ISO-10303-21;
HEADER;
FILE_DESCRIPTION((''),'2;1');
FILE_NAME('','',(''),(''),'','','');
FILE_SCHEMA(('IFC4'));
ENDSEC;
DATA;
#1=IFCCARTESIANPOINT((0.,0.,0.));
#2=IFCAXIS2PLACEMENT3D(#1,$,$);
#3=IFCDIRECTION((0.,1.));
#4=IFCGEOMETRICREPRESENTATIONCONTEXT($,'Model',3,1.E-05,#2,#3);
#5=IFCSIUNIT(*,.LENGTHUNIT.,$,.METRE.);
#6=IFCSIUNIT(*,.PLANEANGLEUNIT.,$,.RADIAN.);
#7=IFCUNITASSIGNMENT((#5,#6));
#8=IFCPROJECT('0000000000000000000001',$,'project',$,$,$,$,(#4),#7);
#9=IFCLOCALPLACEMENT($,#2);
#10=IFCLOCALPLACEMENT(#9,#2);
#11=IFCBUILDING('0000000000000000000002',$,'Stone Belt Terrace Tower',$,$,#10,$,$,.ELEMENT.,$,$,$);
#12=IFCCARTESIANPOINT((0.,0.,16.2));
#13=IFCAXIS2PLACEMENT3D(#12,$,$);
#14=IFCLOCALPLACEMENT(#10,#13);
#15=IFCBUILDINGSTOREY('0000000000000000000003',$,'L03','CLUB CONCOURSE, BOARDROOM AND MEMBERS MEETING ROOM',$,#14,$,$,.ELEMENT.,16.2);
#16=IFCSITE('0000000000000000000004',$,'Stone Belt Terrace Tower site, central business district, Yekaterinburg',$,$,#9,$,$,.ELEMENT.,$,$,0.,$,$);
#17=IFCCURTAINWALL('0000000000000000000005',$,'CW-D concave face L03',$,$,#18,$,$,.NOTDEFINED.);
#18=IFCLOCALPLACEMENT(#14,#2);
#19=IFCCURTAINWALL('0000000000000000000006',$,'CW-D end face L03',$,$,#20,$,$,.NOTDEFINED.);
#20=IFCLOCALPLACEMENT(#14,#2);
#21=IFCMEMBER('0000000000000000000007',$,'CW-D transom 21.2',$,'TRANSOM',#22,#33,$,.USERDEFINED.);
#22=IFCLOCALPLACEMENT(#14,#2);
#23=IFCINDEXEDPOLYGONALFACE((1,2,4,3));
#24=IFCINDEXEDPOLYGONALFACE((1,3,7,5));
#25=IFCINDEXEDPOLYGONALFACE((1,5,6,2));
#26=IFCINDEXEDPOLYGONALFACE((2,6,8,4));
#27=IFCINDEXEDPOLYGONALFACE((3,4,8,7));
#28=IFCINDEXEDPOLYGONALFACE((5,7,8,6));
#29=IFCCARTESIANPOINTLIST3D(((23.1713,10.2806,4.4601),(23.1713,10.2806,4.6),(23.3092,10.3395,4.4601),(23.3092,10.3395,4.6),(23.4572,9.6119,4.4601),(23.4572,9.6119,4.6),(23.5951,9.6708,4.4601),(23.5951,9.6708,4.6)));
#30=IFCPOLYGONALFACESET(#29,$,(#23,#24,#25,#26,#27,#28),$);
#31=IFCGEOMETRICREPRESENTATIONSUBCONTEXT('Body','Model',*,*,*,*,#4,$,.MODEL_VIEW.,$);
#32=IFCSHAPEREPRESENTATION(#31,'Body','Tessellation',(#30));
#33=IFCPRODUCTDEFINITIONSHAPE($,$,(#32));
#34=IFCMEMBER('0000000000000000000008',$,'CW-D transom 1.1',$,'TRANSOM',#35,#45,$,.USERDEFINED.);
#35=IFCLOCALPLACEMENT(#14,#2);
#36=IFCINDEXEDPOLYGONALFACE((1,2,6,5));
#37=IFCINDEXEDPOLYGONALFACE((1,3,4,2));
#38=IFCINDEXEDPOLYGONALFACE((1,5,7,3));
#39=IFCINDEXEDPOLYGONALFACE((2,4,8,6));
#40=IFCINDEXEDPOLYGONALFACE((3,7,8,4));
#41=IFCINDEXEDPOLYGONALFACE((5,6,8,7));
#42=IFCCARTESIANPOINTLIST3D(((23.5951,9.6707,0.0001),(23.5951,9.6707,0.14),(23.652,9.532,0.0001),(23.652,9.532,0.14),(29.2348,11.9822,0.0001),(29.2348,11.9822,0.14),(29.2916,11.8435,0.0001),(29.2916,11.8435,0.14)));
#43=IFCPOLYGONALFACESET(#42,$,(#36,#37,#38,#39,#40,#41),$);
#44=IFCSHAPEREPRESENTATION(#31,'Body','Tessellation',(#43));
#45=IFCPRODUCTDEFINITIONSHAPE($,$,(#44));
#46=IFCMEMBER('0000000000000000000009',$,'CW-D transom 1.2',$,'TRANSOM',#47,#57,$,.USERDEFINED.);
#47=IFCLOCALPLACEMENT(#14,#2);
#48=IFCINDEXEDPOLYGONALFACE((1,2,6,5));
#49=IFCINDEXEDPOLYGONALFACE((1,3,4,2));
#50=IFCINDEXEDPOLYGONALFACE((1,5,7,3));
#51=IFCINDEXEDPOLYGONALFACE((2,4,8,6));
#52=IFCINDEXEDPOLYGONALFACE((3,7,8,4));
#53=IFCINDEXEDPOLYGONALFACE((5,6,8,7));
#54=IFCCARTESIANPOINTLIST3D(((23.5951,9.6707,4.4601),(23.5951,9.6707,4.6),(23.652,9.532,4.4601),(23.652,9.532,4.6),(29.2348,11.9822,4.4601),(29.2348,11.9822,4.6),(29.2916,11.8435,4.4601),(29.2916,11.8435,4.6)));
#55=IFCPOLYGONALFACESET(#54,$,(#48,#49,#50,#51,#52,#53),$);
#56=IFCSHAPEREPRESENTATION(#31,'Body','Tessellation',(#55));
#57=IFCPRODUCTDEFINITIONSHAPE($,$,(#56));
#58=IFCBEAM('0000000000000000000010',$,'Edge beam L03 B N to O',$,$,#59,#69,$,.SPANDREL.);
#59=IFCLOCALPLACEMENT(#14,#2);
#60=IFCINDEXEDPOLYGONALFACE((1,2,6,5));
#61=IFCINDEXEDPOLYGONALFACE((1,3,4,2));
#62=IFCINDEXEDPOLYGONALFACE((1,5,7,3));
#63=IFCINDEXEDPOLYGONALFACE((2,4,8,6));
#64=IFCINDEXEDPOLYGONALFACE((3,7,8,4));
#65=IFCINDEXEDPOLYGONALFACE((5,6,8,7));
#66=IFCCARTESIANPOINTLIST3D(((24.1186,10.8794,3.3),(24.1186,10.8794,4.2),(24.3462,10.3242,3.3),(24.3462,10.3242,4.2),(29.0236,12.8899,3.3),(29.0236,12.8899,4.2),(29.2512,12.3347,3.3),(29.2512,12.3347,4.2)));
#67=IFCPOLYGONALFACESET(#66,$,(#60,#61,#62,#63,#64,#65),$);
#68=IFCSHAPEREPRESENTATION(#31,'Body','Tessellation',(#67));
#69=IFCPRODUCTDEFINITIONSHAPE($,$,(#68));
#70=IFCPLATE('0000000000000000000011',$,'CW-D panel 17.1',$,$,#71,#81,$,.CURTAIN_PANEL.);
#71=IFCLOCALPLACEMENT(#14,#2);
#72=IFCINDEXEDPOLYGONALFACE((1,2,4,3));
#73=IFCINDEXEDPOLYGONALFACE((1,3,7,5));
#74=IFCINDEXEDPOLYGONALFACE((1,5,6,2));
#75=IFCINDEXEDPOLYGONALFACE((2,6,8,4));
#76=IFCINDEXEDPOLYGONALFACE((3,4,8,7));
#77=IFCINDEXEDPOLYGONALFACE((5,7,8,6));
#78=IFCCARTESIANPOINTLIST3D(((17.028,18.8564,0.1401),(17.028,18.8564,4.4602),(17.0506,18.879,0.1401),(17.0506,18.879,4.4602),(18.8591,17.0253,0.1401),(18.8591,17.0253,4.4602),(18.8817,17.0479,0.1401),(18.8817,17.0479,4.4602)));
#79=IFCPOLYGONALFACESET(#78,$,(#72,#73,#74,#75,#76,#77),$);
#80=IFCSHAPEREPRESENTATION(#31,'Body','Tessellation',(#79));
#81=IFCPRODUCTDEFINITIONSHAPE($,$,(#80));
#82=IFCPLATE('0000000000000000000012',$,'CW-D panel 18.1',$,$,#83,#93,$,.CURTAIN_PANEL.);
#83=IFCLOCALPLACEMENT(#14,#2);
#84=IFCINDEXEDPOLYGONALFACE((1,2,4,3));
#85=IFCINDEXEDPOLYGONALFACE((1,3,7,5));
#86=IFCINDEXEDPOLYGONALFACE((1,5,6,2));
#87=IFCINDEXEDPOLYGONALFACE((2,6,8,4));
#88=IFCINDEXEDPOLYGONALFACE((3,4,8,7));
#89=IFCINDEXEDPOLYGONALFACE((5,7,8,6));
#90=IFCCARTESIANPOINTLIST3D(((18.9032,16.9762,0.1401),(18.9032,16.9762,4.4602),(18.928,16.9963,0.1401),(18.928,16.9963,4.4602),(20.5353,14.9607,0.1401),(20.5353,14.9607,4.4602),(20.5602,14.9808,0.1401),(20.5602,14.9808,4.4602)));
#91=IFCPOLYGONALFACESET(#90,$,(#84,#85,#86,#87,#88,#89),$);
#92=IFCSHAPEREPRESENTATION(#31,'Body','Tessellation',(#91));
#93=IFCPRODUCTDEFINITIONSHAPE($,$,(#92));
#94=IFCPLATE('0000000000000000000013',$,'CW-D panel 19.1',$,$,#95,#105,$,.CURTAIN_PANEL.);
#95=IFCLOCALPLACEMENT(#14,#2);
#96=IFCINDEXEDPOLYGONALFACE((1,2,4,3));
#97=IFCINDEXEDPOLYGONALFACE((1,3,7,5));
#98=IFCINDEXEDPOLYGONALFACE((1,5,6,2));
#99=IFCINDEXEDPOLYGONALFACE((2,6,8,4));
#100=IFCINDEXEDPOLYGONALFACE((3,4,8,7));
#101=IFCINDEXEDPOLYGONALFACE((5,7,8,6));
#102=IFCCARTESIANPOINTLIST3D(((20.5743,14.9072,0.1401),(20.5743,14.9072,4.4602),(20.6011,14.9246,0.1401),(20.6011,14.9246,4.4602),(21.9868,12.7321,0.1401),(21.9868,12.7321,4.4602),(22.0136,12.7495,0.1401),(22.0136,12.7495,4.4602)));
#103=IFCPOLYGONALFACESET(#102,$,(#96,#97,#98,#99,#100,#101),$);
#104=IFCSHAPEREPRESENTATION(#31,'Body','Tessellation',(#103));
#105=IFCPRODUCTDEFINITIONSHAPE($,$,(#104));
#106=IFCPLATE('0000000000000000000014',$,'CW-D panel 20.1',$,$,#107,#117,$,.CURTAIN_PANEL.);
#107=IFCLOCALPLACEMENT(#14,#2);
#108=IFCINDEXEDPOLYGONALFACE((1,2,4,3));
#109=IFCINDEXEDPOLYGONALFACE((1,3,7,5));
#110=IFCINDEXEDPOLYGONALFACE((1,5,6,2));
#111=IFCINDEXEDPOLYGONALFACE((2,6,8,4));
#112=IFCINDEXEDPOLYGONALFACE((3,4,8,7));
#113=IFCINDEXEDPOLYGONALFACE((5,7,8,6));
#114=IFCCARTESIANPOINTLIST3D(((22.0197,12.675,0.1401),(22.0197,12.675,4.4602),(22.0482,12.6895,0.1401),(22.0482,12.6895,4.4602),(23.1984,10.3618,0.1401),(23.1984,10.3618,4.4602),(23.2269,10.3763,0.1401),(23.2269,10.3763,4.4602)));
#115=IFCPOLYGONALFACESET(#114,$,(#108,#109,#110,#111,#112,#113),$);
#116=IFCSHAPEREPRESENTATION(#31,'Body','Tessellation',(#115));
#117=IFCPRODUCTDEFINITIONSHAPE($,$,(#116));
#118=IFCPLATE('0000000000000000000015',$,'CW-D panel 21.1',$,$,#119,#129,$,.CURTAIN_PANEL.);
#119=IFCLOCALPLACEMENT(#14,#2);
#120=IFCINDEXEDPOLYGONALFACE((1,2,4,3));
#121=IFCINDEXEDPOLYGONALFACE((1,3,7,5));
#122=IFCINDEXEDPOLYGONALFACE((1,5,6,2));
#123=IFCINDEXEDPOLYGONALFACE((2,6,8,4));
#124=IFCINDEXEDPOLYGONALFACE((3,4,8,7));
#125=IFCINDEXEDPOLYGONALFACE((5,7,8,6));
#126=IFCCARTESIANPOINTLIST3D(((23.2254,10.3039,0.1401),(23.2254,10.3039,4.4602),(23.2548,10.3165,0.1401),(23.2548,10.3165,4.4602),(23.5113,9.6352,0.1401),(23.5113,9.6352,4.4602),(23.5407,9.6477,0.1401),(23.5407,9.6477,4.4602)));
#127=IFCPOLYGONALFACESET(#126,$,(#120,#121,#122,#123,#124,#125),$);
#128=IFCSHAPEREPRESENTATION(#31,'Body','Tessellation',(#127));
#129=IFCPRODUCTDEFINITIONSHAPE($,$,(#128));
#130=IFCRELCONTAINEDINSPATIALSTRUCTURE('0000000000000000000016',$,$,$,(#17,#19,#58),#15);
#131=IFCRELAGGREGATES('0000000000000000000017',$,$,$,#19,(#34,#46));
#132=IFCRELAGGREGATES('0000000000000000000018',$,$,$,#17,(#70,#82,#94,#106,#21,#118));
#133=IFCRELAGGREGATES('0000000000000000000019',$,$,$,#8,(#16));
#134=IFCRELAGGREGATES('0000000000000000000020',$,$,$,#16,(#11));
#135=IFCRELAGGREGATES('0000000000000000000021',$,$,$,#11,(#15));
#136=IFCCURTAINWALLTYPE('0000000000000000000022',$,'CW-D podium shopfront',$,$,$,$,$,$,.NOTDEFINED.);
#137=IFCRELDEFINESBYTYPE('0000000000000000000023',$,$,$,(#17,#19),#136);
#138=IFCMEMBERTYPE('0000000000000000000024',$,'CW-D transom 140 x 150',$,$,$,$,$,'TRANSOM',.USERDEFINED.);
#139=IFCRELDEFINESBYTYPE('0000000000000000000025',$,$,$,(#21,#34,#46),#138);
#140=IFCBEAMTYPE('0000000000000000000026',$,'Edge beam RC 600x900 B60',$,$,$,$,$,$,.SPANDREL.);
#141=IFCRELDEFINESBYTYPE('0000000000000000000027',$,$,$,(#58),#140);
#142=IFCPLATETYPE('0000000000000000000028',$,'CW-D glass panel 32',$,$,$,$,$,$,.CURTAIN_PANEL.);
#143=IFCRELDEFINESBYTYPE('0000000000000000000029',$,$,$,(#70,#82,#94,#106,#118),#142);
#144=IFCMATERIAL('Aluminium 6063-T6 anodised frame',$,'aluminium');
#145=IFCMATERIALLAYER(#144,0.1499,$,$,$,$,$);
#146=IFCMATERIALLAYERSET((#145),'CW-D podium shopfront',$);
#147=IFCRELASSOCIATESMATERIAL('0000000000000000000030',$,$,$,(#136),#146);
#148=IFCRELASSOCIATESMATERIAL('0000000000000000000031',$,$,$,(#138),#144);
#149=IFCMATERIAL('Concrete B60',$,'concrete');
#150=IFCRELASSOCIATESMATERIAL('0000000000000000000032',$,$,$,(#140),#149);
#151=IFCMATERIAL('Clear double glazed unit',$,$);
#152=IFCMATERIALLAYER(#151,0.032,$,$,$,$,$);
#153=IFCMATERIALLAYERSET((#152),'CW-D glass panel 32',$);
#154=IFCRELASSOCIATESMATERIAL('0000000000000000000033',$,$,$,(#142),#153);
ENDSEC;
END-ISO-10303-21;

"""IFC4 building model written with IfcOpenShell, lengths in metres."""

from ifc_helpers import new_model, si_unit, direction, frame, origin, origin_2d, place, context, subcontext, project, spatial, rectangle, extrude, material, layer, layer_set, material_profile, profile_set, type_object, element, aggregate, save


model = new_model("IFC4")

# Units and contexts
model_context = context("Model", 3, precision=1e-05, world=origin(), true_north=direction((0.0, 1.0)))
body_context = subcontext(model_context, "Body", "Model", "MODEL_VIEW")
ifc_project = project(units=[si_unit("LENGTHUNIT", "METRE"), si_unit("PLANEANGLEUNIT", "RADIAN")], contexts=[model_context])

# Site, building, storey
site_placement = place(None, origin())
site = spatial("IfcSite", under=ifc_project, at=site_placement, Name="Stone Belt Terrace Tower site, central business district, Yekaterinburg", CompositionType="ELEMENT", RefElevation=0.0)
building_placement = place(site_placement, origin())
building = spatial("IfcBuilding", under=site, at=building_placement, Name="Stone Belt Terrace Tower", CompositionType="ELEMENT")
storey_placement = place(building_placement, frame((0.0, 0.0, 16.2)))
storey = spatial("IfcBuildingStorey", under=building, at=storey_placement, Name="L03", Description="CLUB CONCOURSE, BOARDROOM AND MEMBERS MEETING ROOM", CompositionType="ELEMENT", Elevation=16.2)

# Shared definitions
ifc_material_1 = material(Name="Concrete B60", Category="concrete")

# Curtain wall
ifc_material_2 = material(Name="Aluminium 6063-T6 anodised frame", Category="aluminium")
ifc_layer_1 = layer(ifc_material_2, 0.1499)
ifc_layer_set_1 = layer_set([ifc_layer_1], Name="CW-D podium shopfront")
curtain_wall_type = type_object("IfcCurtainWallType", Name="CW-D podium shopfront", PredefinedType="NOTDEFINED", material=ifc_layer_set_1)
curtain_wall_1_placement = place(storey_placement, origin())
curtain_wall_1 = element("IfcCurtainWall", 1, at=curtain_wall_1_placement, inside=storey, type_object=curtain_wall_type, Name="CW-D concave face L03", PredefinedType="NOTDEFINED")

# Curtain wall
curtain_wall_2_placement = place(storey_placement, origin())
curtain_wall_2 = element("IfcCurtainWall", 2, at=curtain_wall_2_placement, inside=storey, type_object=curtain_wall_type, Name="CW-D end face L03", PredefinedType="NOTDEFINED")

# Members
ifc_material_profile_1 = material_profile(ifc_material_2, rectangle(XDim=0.1499, YDim=0.1399, at=origin_2d()), Name="Aluminium 6063-T6 150x140")
ifc_profile_set_1 = profile_set([ifc_material_profile_1], Name="Aluminium 6063-T6 anodised frame")
member_type_1 = type_object("IfcMemberType", Name="CW-D transom 140 x 150", ElementType="TRANSOM", PredefinedType="USERDEFINED", material=ifc_profile_set_1)
member_1_placement = place(storey_placement, frame((23.2402, 10.3101, 4.53), z_axis=(0.393109, -0.919492, 0.0), x_axis=(0.919492, 0.393109, 0.0)))
member_1 = element("IfcMember", 3, at=member_1_placement, type_object=member_type_1, Name="CW-D transom 21.2", ObjectType="TRANSOM", PredefinedType="USERDEFINED", context=body_context, shape_type="SweptSolid", body=[
    extrude(rectangle(XDim=0.1499, YDim=0.1399, at=origin_2d()), origin(), (0.0, 0.0, 1.0), 0.7273),
])
member_2_placement = place(storey_placement, frame((23.6235, 9.6013, 0.0701), z_axis=(0.925294, 0.37925, 0.0), x_axis=(-0.37925, 0.925294, 0.0)))
member_2 = element("IfcMember", 4, at=member_2_placement, type_object=member_type_1, Name="CW-D transom 1.1", ObjectType="TRANSOM", PredefinedType="USERDEFINED", context=body_context, shape_type="SweptSolid", body=[
    extrude(rectangle(XDim=0.1499, YDim=0.1399, at=origin_2d()), origin(), (0.0, 0.0, 1.0), 6.095),
])
member_3_placement = place(storey_placement, frame((23.6235, 9.6013, 4.53), z_axis=(0.925294, 0.37925, 0.0), x_axis=(-0.37925, 0.925294, 0.0)))
member_3 = element("IfcMember", 5, at=member_3_placement, type_object=member_type_1, Name="CW-D transom 1.2", ObjectType="TRANSOM", PredefinedType="USERDEFINED", context=body_context, shape_type="SweptSolid", body=[
    extrude(rectangle(XDim=0.1499, YDim=0.1399, at=origin_2d()), origin(), (0.0, 0.0, 1.0), 6.095),
])
aggregate(curtain_wall_2, [member_2, member_3])

# Beam
ifc_material_profile_2 = material_profile(ifc_material_1, rectangle(XDim=0.6001, YDim=0.8999, at=origin_2d()), Name="RC 600x900")
ifc_profile_set_2 = profile_set([ifc_material_profile_2], Name="Concrete B60")
beam_type = type_object("IfcBeamType", Name="Edge beam RC 600x900 B60", PredefinedType="SPANDREL", material=ifc_profile_set_2)
beam_placement = place(storey_placement, frame((24.2324, 10.6018, 3.75), z_axis=(0.925289, 0.379262, 0.0), x_axis=(-0.379262, 0.925289, 0.0)))
element("IfcBeam", 6, at=beam_placement, inside=storey, type_object=beam_type, Name="Edge beam L03 B N to O", PredefinedType="SPANDREL", context=body_context, shape_type="SweptSolid", body=[
    extrude(rectangle(XDim=0.6001, YDim=0.8999, at=origin_2d()), origin(), (0.0, 0.0, 1.0), 5.301),
])

# Plates
ifc_material_3 = material(Name="Clear double glazed unit")
ifc_layer_2 = layer(ifc_material_3, 0.032)
ifc_layer_set_2 = layer_set([ifc_layer_2], Name="CW-D glass panel 32")
plate_type = type_object("IfcPlateType", Name="CW-D glass panel 32", PredefinedType="CURTAIN_PANEL", material=ifc_layer_set_2)
plate_1_placement = place(storey_placement, frame((17.9548, 17.9521, 0.1401), z_axis=(0.0, 0.0, 1.0), x_axis=(0.707107, -0.707107, 0.0)))
plate_1 = element("IfcPlate", 7, at=plate_1_placement, type_object=plate_type, Name="CW-D panel 17.1", PredefinedType="CURTAIN_PANEL", context=body_context, shape_type="SweptSolid", body=[
    extrude(rectangle(XDim=2.5896, YDim=0.032, at=origin_2d()), origin(), (0.0, 0.0, 1.0), 4.3201),
])
plate_2_placement = place(storey_placement, frame((19.7317, 15.9785, 0.1401), z_axis=(0.0, 0.0, 1.0), x_axis=(0.62932, -0.777146, 0.0)))
plate_2 = element("IfcPlate", 8, at=plate_2_placement, type_object=plate_type, Name="CW-D panel 18.1", PredefinedType="CURTAIN_PANEL", context=body_context, shape_type="SweptSolid", body=[
    extrude(rectangle(XDim=2.5935, YDim=0.032, at=origin_2d()), origin(), (0.0, 0.0, 1.0), 4.3201),
])
plate_3_placement = place(storey_placement, frame((21.2939, 13.8284, 0.1401), z_axis=(0.0, 0.0, 1.0), x_axis=(0.544639, -0.838671, 0.0)))
plate_3 = element("IfcPlate", 9, at=plate_3_placement, type_object=plate_type, Name="CW-D panel 19.1", PredefinedType="CURTAIN_PANEL", context=body_context, shape_type="SweptSolid", body=[
    extrude(rectangle(XDim=2.5935, YDim=0.032, at=origin_2d()), origin(), (0.0, 0.0, 1.0), 4.3201),
])
plate_4_placement = place(storey_placement, frame((22.6233, 11.5256, 0.1401), z_axis=(0.0, 0.0, 1.0), x_axis=(0.45399, -0.891007, 0.0)))
plate_4 = element("IfcPlate", 10, at=plate_4_placement, type_object=plate_type, Name="CW-D panel 20.1", PredefinedType="CURTAIN_PANEL", context=body_context, shape_type="SweptSolid", body=[
    extrude(rectangle(XDim=2.5962, YDim=0.032, at=origin_2d()), origin(), (0.0, 0.0, 1.0), 4.3201),
])
plate_5_placement = place(storey_placement, frame((23.3831, 9.9758, 0.1401), z_axis=(0.0, 0.0, 1.0), x_axis=(0.393034, -0.919524, 0.0)))
plate_5 = element("IfcPlate", 11, at=plate_5_placement, type_object=plate_type, Name="CW-D panel 21.1", PredefinedType="CURTAIN_PANEL", context=body_context, shape_type="SweptSolid", body=[
    extrude(rectangle(XDim=0.7273, YDim=0.032, at=origin_2d()), origin(), (0.0, 0.0, 1.0), 4.3201),
])
aggregate(curtain_wall_1, [plate_1, plate_2, plate_3, plate_4, member_1, plate_5])

save(model, "model.ifc")
